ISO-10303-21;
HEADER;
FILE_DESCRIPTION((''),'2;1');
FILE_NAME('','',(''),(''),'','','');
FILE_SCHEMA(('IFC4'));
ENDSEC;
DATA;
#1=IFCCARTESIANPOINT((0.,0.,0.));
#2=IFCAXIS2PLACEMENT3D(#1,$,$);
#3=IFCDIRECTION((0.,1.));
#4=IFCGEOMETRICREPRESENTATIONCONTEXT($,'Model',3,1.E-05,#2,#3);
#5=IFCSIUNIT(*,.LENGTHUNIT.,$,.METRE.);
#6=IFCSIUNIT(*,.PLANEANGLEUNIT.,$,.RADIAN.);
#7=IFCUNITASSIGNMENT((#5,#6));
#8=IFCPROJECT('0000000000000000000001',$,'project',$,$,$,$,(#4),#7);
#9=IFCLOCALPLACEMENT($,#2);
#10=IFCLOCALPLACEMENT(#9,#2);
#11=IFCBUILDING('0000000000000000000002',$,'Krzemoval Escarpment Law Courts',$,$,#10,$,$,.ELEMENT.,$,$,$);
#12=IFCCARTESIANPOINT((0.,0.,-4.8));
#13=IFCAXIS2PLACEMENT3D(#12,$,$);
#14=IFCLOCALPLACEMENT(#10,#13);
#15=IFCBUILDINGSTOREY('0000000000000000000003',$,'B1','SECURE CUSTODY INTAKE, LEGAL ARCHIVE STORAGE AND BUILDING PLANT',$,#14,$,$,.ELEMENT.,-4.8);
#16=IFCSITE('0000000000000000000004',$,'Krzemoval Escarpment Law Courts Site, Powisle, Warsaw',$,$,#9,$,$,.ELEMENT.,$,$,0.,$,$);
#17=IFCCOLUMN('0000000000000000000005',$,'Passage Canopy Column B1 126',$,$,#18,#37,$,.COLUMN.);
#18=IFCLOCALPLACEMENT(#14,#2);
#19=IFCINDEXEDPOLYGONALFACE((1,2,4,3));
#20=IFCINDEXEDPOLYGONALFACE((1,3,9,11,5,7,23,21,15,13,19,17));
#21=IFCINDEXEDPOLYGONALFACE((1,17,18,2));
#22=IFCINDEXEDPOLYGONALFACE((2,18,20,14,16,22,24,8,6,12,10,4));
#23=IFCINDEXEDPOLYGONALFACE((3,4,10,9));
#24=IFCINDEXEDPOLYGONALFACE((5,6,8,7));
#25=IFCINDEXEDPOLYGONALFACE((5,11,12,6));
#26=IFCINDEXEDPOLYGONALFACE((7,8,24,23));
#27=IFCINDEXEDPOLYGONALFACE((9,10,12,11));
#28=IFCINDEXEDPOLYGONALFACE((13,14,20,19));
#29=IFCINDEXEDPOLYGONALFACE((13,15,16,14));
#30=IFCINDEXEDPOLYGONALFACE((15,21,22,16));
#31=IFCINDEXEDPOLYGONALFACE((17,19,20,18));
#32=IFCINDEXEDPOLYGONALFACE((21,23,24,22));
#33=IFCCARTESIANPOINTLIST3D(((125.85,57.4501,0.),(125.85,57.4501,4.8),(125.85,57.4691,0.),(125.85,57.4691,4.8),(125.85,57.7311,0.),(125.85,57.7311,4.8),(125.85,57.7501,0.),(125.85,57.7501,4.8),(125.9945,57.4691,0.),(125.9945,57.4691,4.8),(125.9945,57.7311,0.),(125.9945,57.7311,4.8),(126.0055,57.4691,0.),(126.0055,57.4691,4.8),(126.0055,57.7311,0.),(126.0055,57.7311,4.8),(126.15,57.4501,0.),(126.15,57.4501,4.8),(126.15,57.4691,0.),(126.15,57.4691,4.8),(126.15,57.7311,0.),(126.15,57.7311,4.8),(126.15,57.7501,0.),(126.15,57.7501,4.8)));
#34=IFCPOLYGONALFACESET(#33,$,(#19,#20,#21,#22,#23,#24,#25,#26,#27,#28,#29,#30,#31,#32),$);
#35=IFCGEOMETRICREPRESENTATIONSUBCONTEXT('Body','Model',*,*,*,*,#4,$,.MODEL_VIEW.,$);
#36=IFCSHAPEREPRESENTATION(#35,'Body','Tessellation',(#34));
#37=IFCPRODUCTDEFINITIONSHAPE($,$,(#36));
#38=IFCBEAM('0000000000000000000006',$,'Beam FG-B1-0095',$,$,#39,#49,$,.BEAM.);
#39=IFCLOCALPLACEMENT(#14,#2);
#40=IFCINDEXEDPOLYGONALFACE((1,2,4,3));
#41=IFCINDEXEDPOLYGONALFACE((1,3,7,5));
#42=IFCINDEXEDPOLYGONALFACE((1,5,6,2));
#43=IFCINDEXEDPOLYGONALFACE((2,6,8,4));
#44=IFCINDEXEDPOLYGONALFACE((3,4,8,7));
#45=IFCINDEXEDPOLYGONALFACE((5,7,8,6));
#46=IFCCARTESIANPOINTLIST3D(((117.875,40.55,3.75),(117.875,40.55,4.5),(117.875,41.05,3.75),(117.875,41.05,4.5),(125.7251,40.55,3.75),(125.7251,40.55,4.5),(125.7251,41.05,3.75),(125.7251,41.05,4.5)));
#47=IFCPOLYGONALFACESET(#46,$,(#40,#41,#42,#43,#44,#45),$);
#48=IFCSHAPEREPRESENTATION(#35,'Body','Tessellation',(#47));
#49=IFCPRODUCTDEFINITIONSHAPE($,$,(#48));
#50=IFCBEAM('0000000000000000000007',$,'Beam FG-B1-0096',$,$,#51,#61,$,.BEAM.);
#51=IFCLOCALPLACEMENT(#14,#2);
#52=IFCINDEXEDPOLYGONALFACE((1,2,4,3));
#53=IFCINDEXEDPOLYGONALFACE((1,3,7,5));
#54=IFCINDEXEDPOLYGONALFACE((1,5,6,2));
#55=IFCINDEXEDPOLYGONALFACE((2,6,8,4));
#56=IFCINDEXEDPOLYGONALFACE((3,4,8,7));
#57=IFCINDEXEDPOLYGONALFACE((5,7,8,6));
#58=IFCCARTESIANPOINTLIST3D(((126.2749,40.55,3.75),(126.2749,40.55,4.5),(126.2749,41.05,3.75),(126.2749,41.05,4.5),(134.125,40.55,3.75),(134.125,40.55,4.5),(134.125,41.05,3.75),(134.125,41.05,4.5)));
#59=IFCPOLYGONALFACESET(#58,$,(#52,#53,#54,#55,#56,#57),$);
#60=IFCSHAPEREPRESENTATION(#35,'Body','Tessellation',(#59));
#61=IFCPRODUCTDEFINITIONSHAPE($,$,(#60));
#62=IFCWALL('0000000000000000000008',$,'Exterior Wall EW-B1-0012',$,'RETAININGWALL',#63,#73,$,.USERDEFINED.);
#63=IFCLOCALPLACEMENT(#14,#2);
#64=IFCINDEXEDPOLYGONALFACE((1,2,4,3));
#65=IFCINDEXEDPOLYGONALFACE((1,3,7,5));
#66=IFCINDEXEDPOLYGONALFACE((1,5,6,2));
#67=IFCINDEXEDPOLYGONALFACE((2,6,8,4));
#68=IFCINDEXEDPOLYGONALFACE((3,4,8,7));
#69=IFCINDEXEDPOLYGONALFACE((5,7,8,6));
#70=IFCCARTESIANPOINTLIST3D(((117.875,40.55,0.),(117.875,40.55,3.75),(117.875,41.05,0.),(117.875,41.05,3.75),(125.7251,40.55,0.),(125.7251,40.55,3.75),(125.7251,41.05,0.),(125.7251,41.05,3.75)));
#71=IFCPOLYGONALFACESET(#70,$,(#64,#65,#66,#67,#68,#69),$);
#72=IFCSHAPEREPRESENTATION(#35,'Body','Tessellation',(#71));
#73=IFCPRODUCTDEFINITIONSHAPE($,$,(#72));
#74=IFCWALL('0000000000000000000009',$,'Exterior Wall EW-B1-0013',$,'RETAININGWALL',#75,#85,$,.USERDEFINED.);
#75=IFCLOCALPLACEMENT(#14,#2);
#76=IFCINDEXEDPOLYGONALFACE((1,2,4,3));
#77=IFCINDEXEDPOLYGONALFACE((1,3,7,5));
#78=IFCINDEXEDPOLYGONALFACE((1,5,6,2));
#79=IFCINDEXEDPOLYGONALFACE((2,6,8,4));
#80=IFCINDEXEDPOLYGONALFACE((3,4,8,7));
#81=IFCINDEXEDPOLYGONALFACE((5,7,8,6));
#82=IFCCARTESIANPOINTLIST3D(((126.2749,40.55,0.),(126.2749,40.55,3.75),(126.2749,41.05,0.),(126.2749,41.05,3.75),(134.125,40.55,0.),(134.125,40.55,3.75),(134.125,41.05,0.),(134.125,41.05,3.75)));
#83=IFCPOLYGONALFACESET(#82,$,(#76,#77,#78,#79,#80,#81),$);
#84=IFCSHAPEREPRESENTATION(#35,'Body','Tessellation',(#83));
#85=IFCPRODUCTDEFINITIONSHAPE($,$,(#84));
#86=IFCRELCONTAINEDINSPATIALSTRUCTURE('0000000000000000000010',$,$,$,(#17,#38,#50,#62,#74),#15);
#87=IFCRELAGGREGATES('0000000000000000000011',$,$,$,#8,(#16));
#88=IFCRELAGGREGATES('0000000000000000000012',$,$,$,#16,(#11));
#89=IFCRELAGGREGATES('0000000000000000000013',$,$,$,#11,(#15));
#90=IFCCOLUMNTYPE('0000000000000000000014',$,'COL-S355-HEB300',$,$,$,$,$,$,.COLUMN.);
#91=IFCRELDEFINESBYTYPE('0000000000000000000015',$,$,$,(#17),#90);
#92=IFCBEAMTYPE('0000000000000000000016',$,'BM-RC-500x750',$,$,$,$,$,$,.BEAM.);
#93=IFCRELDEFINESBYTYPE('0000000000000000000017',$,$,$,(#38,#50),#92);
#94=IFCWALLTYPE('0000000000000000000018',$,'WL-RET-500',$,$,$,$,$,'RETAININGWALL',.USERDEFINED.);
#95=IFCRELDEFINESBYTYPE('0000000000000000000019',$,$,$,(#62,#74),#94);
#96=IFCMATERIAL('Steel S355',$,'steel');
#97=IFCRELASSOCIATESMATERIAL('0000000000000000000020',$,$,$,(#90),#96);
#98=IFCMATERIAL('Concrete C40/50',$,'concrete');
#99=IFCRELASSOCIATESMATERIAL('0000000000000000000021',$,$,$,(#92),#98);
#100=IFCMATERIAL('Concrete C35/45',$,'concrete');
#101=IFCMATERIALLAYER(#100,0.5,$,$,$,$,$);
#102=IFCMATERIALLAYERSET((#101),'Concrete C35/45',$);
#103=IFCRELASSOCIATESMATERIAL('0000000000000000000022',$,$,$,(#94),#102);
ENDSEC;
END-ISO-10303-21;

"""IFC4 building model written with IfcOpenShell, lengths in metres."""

from ifc_helpers import new_model, si_unit, direction, frame, frame_2d, origin, origin_2d, place, context, subcontext, project, spatial, rectangle, i_section, extrude, material, layer, layer_set, material_profile, profile_set, type_object, element, save


model = new_model("IFC4")

# Units and contexts
model_context = context("Model", 3, precision=1e-05, world=origin(), true_north=direction((0.0, 1.0)))
body_context = subcontext(model_context, "Body", "Model", "MODEL_VIEW")
ifc_project = project(units=[si_unit("LENGTHUNIT", "METRE"), si_unit("PLANEANGLEUNIT", "RADIAN")], contexts=[model_context])

# Site, building, storey
site_placement = place(None, origin())
site = spatial("IfcSite", under=ifc_project, at=site_placement, Name="Krzemoval Escarpment Law Courts Site, Powisle, Warsaw", CompositionType="ELEMENT", RefElevation=0.0)
building_placement = place(site_placement, origin())
building = spatial("IfcBuilding", under=site, at=building_placement, Name="Krzemoval Escarpment Law Courts", CompositionType="ELEMENT")
storey_placement = place(building_placement, frame((0.0, 0.0, -4.8)))
storey = spatial("IfcBuildingStorey", under=building, at=storey_placement, Name="B1", Description="SECURE CUSTODY INTAKE, LEGAL ARCHIVE STORAGE AND BUILDING PLANT", CompositionType="ELEMENT", Elevation=-4.8)

# Column
ifc_material_1 = material(Name="Steel S355", Category="steel")
ifc_material_profile_1 = material_profile(ifc_material_1, i_section(OverallWidth=0.3, OverallDepth=0.3, WebThickness=0.011, FlangeThickness=0.019, at=origin_2d()), Name="HEB 300")
ifc_profile_set_1 = profile_set([ifc_material_profile_1], Name="Steel S355")
column_type_1 = type_object("IfcColumnType", Name="COL-S355-HEB300", PredefinedType="COLUMN", material=ifc_profile_set_1)
column_placement = place(storey_placement, frame((126.0, 57.6001, 0.0), z_axis=(0.0, 0.0, 1.0), x_axis=(1.0, 0.0, 0.0)))
element("IfcColumn", 1, at=column_placement, inside=storey, type_object=column_type_1, Name="Passage Canopy Column B1 126", PredefinedType="COLUMN", context=body_context, shape_type="SweptSolid", body=[
    extrude(i_section(OverallWidth=0.3, OverallDepth=0.3, WebThickness=0.011, FlangeThickness=0.019, at=origin_2d()), origin(), (0.0, 0.0, 1.0), 4.8),
])

# Beams
ifc_material_2 = material(Name="Concrete C40/50", Category="concrete")
ifc_material_profile_2 = material_profile(ifc_material_2, rectangle(XDim=0.5, YDim=0.75, at=origin_2d()), Name="RCB 500x750")
ifc_profile_set_2 = profile_set([ifc_material_profile_2], Name="Concrete C40/50")
beam_type = type_object("IfcBeamType", Name="BM-RC-500x750", PredefinedType="BEAM", material=ifc_profile_set_2)
for number, where, z_axis, x_axis, name in (
    (2, (117.875, 40.8, 4.125), (1.0, 0.0, 0.0), (0.0, 1.0, 0.0), "Beam FG-B1-0095"),
    (3, (126.2749, 40.8, 4.125), (1.0, 0.0, 0.0), (0.0, 1.0, 0.0), "Beam FG-B1-0096"),
):
    element("IfcBeam", number, at=place(storey_placement, frame(where, z_axis=z_axis, x_axis=x_axis)), inside=storey, type_object=beam_type, Name=name, PredefinedType="BEAM", context=body_context, shape_type="SweptSolid", body=[
        extrude(rectangle(XDim=0.5, YDim=0.75, at=origin_2d()), origin(), (0.0, 0.0, 1.0), 7.8501),
    ])

# Walls
ifc_material_3 = material(Name="Concrete C35/45", Category="concrete")
ifc_layer = layer(ifc_material_3, 0.5)
ifc_layer_set = layer_set([ifc_layer], Name="Concrete C35/45")
wall_type = type_object("IfcWallType", Name="WL-RET-500", ElementType="RETAININGWALL", PredefinedType="USERDEFINED", material=ifc_layer_set)
for number, where, z_axis, x_axis, name in (
    (4, (117.875, 40.8, 0.0), (0.0, 0.0, 1.0), (1.0, 0.0, 0.0), "Exterior Wall EW-B1-0012"),
    (5, (126.2749, 40.8, 0.0), (0.0, 0.0, 1.0), (1.0, 0.0, 0.0), "Exterior Wall EW-B1-0013"),
):
    element("IfcWall", number, at=place(storey_placement, frame(where, z_axis=z_axis, x_axis=x_axis)), inside=storey, type_object=wall_type, Name=name, ObjectType="RETAININGWALL", PredefinedType="USERDEFINED", context=body_context, shape_type="SweptSolid", body=[
        extrude(rectangle(XDim=7.8501, YDim=0.5, at=frame_2d((3.925, 0.0))), origin(), (0.0, 0.0, 1.0), 3.75),
    ])

save(model, "model.ifc")
